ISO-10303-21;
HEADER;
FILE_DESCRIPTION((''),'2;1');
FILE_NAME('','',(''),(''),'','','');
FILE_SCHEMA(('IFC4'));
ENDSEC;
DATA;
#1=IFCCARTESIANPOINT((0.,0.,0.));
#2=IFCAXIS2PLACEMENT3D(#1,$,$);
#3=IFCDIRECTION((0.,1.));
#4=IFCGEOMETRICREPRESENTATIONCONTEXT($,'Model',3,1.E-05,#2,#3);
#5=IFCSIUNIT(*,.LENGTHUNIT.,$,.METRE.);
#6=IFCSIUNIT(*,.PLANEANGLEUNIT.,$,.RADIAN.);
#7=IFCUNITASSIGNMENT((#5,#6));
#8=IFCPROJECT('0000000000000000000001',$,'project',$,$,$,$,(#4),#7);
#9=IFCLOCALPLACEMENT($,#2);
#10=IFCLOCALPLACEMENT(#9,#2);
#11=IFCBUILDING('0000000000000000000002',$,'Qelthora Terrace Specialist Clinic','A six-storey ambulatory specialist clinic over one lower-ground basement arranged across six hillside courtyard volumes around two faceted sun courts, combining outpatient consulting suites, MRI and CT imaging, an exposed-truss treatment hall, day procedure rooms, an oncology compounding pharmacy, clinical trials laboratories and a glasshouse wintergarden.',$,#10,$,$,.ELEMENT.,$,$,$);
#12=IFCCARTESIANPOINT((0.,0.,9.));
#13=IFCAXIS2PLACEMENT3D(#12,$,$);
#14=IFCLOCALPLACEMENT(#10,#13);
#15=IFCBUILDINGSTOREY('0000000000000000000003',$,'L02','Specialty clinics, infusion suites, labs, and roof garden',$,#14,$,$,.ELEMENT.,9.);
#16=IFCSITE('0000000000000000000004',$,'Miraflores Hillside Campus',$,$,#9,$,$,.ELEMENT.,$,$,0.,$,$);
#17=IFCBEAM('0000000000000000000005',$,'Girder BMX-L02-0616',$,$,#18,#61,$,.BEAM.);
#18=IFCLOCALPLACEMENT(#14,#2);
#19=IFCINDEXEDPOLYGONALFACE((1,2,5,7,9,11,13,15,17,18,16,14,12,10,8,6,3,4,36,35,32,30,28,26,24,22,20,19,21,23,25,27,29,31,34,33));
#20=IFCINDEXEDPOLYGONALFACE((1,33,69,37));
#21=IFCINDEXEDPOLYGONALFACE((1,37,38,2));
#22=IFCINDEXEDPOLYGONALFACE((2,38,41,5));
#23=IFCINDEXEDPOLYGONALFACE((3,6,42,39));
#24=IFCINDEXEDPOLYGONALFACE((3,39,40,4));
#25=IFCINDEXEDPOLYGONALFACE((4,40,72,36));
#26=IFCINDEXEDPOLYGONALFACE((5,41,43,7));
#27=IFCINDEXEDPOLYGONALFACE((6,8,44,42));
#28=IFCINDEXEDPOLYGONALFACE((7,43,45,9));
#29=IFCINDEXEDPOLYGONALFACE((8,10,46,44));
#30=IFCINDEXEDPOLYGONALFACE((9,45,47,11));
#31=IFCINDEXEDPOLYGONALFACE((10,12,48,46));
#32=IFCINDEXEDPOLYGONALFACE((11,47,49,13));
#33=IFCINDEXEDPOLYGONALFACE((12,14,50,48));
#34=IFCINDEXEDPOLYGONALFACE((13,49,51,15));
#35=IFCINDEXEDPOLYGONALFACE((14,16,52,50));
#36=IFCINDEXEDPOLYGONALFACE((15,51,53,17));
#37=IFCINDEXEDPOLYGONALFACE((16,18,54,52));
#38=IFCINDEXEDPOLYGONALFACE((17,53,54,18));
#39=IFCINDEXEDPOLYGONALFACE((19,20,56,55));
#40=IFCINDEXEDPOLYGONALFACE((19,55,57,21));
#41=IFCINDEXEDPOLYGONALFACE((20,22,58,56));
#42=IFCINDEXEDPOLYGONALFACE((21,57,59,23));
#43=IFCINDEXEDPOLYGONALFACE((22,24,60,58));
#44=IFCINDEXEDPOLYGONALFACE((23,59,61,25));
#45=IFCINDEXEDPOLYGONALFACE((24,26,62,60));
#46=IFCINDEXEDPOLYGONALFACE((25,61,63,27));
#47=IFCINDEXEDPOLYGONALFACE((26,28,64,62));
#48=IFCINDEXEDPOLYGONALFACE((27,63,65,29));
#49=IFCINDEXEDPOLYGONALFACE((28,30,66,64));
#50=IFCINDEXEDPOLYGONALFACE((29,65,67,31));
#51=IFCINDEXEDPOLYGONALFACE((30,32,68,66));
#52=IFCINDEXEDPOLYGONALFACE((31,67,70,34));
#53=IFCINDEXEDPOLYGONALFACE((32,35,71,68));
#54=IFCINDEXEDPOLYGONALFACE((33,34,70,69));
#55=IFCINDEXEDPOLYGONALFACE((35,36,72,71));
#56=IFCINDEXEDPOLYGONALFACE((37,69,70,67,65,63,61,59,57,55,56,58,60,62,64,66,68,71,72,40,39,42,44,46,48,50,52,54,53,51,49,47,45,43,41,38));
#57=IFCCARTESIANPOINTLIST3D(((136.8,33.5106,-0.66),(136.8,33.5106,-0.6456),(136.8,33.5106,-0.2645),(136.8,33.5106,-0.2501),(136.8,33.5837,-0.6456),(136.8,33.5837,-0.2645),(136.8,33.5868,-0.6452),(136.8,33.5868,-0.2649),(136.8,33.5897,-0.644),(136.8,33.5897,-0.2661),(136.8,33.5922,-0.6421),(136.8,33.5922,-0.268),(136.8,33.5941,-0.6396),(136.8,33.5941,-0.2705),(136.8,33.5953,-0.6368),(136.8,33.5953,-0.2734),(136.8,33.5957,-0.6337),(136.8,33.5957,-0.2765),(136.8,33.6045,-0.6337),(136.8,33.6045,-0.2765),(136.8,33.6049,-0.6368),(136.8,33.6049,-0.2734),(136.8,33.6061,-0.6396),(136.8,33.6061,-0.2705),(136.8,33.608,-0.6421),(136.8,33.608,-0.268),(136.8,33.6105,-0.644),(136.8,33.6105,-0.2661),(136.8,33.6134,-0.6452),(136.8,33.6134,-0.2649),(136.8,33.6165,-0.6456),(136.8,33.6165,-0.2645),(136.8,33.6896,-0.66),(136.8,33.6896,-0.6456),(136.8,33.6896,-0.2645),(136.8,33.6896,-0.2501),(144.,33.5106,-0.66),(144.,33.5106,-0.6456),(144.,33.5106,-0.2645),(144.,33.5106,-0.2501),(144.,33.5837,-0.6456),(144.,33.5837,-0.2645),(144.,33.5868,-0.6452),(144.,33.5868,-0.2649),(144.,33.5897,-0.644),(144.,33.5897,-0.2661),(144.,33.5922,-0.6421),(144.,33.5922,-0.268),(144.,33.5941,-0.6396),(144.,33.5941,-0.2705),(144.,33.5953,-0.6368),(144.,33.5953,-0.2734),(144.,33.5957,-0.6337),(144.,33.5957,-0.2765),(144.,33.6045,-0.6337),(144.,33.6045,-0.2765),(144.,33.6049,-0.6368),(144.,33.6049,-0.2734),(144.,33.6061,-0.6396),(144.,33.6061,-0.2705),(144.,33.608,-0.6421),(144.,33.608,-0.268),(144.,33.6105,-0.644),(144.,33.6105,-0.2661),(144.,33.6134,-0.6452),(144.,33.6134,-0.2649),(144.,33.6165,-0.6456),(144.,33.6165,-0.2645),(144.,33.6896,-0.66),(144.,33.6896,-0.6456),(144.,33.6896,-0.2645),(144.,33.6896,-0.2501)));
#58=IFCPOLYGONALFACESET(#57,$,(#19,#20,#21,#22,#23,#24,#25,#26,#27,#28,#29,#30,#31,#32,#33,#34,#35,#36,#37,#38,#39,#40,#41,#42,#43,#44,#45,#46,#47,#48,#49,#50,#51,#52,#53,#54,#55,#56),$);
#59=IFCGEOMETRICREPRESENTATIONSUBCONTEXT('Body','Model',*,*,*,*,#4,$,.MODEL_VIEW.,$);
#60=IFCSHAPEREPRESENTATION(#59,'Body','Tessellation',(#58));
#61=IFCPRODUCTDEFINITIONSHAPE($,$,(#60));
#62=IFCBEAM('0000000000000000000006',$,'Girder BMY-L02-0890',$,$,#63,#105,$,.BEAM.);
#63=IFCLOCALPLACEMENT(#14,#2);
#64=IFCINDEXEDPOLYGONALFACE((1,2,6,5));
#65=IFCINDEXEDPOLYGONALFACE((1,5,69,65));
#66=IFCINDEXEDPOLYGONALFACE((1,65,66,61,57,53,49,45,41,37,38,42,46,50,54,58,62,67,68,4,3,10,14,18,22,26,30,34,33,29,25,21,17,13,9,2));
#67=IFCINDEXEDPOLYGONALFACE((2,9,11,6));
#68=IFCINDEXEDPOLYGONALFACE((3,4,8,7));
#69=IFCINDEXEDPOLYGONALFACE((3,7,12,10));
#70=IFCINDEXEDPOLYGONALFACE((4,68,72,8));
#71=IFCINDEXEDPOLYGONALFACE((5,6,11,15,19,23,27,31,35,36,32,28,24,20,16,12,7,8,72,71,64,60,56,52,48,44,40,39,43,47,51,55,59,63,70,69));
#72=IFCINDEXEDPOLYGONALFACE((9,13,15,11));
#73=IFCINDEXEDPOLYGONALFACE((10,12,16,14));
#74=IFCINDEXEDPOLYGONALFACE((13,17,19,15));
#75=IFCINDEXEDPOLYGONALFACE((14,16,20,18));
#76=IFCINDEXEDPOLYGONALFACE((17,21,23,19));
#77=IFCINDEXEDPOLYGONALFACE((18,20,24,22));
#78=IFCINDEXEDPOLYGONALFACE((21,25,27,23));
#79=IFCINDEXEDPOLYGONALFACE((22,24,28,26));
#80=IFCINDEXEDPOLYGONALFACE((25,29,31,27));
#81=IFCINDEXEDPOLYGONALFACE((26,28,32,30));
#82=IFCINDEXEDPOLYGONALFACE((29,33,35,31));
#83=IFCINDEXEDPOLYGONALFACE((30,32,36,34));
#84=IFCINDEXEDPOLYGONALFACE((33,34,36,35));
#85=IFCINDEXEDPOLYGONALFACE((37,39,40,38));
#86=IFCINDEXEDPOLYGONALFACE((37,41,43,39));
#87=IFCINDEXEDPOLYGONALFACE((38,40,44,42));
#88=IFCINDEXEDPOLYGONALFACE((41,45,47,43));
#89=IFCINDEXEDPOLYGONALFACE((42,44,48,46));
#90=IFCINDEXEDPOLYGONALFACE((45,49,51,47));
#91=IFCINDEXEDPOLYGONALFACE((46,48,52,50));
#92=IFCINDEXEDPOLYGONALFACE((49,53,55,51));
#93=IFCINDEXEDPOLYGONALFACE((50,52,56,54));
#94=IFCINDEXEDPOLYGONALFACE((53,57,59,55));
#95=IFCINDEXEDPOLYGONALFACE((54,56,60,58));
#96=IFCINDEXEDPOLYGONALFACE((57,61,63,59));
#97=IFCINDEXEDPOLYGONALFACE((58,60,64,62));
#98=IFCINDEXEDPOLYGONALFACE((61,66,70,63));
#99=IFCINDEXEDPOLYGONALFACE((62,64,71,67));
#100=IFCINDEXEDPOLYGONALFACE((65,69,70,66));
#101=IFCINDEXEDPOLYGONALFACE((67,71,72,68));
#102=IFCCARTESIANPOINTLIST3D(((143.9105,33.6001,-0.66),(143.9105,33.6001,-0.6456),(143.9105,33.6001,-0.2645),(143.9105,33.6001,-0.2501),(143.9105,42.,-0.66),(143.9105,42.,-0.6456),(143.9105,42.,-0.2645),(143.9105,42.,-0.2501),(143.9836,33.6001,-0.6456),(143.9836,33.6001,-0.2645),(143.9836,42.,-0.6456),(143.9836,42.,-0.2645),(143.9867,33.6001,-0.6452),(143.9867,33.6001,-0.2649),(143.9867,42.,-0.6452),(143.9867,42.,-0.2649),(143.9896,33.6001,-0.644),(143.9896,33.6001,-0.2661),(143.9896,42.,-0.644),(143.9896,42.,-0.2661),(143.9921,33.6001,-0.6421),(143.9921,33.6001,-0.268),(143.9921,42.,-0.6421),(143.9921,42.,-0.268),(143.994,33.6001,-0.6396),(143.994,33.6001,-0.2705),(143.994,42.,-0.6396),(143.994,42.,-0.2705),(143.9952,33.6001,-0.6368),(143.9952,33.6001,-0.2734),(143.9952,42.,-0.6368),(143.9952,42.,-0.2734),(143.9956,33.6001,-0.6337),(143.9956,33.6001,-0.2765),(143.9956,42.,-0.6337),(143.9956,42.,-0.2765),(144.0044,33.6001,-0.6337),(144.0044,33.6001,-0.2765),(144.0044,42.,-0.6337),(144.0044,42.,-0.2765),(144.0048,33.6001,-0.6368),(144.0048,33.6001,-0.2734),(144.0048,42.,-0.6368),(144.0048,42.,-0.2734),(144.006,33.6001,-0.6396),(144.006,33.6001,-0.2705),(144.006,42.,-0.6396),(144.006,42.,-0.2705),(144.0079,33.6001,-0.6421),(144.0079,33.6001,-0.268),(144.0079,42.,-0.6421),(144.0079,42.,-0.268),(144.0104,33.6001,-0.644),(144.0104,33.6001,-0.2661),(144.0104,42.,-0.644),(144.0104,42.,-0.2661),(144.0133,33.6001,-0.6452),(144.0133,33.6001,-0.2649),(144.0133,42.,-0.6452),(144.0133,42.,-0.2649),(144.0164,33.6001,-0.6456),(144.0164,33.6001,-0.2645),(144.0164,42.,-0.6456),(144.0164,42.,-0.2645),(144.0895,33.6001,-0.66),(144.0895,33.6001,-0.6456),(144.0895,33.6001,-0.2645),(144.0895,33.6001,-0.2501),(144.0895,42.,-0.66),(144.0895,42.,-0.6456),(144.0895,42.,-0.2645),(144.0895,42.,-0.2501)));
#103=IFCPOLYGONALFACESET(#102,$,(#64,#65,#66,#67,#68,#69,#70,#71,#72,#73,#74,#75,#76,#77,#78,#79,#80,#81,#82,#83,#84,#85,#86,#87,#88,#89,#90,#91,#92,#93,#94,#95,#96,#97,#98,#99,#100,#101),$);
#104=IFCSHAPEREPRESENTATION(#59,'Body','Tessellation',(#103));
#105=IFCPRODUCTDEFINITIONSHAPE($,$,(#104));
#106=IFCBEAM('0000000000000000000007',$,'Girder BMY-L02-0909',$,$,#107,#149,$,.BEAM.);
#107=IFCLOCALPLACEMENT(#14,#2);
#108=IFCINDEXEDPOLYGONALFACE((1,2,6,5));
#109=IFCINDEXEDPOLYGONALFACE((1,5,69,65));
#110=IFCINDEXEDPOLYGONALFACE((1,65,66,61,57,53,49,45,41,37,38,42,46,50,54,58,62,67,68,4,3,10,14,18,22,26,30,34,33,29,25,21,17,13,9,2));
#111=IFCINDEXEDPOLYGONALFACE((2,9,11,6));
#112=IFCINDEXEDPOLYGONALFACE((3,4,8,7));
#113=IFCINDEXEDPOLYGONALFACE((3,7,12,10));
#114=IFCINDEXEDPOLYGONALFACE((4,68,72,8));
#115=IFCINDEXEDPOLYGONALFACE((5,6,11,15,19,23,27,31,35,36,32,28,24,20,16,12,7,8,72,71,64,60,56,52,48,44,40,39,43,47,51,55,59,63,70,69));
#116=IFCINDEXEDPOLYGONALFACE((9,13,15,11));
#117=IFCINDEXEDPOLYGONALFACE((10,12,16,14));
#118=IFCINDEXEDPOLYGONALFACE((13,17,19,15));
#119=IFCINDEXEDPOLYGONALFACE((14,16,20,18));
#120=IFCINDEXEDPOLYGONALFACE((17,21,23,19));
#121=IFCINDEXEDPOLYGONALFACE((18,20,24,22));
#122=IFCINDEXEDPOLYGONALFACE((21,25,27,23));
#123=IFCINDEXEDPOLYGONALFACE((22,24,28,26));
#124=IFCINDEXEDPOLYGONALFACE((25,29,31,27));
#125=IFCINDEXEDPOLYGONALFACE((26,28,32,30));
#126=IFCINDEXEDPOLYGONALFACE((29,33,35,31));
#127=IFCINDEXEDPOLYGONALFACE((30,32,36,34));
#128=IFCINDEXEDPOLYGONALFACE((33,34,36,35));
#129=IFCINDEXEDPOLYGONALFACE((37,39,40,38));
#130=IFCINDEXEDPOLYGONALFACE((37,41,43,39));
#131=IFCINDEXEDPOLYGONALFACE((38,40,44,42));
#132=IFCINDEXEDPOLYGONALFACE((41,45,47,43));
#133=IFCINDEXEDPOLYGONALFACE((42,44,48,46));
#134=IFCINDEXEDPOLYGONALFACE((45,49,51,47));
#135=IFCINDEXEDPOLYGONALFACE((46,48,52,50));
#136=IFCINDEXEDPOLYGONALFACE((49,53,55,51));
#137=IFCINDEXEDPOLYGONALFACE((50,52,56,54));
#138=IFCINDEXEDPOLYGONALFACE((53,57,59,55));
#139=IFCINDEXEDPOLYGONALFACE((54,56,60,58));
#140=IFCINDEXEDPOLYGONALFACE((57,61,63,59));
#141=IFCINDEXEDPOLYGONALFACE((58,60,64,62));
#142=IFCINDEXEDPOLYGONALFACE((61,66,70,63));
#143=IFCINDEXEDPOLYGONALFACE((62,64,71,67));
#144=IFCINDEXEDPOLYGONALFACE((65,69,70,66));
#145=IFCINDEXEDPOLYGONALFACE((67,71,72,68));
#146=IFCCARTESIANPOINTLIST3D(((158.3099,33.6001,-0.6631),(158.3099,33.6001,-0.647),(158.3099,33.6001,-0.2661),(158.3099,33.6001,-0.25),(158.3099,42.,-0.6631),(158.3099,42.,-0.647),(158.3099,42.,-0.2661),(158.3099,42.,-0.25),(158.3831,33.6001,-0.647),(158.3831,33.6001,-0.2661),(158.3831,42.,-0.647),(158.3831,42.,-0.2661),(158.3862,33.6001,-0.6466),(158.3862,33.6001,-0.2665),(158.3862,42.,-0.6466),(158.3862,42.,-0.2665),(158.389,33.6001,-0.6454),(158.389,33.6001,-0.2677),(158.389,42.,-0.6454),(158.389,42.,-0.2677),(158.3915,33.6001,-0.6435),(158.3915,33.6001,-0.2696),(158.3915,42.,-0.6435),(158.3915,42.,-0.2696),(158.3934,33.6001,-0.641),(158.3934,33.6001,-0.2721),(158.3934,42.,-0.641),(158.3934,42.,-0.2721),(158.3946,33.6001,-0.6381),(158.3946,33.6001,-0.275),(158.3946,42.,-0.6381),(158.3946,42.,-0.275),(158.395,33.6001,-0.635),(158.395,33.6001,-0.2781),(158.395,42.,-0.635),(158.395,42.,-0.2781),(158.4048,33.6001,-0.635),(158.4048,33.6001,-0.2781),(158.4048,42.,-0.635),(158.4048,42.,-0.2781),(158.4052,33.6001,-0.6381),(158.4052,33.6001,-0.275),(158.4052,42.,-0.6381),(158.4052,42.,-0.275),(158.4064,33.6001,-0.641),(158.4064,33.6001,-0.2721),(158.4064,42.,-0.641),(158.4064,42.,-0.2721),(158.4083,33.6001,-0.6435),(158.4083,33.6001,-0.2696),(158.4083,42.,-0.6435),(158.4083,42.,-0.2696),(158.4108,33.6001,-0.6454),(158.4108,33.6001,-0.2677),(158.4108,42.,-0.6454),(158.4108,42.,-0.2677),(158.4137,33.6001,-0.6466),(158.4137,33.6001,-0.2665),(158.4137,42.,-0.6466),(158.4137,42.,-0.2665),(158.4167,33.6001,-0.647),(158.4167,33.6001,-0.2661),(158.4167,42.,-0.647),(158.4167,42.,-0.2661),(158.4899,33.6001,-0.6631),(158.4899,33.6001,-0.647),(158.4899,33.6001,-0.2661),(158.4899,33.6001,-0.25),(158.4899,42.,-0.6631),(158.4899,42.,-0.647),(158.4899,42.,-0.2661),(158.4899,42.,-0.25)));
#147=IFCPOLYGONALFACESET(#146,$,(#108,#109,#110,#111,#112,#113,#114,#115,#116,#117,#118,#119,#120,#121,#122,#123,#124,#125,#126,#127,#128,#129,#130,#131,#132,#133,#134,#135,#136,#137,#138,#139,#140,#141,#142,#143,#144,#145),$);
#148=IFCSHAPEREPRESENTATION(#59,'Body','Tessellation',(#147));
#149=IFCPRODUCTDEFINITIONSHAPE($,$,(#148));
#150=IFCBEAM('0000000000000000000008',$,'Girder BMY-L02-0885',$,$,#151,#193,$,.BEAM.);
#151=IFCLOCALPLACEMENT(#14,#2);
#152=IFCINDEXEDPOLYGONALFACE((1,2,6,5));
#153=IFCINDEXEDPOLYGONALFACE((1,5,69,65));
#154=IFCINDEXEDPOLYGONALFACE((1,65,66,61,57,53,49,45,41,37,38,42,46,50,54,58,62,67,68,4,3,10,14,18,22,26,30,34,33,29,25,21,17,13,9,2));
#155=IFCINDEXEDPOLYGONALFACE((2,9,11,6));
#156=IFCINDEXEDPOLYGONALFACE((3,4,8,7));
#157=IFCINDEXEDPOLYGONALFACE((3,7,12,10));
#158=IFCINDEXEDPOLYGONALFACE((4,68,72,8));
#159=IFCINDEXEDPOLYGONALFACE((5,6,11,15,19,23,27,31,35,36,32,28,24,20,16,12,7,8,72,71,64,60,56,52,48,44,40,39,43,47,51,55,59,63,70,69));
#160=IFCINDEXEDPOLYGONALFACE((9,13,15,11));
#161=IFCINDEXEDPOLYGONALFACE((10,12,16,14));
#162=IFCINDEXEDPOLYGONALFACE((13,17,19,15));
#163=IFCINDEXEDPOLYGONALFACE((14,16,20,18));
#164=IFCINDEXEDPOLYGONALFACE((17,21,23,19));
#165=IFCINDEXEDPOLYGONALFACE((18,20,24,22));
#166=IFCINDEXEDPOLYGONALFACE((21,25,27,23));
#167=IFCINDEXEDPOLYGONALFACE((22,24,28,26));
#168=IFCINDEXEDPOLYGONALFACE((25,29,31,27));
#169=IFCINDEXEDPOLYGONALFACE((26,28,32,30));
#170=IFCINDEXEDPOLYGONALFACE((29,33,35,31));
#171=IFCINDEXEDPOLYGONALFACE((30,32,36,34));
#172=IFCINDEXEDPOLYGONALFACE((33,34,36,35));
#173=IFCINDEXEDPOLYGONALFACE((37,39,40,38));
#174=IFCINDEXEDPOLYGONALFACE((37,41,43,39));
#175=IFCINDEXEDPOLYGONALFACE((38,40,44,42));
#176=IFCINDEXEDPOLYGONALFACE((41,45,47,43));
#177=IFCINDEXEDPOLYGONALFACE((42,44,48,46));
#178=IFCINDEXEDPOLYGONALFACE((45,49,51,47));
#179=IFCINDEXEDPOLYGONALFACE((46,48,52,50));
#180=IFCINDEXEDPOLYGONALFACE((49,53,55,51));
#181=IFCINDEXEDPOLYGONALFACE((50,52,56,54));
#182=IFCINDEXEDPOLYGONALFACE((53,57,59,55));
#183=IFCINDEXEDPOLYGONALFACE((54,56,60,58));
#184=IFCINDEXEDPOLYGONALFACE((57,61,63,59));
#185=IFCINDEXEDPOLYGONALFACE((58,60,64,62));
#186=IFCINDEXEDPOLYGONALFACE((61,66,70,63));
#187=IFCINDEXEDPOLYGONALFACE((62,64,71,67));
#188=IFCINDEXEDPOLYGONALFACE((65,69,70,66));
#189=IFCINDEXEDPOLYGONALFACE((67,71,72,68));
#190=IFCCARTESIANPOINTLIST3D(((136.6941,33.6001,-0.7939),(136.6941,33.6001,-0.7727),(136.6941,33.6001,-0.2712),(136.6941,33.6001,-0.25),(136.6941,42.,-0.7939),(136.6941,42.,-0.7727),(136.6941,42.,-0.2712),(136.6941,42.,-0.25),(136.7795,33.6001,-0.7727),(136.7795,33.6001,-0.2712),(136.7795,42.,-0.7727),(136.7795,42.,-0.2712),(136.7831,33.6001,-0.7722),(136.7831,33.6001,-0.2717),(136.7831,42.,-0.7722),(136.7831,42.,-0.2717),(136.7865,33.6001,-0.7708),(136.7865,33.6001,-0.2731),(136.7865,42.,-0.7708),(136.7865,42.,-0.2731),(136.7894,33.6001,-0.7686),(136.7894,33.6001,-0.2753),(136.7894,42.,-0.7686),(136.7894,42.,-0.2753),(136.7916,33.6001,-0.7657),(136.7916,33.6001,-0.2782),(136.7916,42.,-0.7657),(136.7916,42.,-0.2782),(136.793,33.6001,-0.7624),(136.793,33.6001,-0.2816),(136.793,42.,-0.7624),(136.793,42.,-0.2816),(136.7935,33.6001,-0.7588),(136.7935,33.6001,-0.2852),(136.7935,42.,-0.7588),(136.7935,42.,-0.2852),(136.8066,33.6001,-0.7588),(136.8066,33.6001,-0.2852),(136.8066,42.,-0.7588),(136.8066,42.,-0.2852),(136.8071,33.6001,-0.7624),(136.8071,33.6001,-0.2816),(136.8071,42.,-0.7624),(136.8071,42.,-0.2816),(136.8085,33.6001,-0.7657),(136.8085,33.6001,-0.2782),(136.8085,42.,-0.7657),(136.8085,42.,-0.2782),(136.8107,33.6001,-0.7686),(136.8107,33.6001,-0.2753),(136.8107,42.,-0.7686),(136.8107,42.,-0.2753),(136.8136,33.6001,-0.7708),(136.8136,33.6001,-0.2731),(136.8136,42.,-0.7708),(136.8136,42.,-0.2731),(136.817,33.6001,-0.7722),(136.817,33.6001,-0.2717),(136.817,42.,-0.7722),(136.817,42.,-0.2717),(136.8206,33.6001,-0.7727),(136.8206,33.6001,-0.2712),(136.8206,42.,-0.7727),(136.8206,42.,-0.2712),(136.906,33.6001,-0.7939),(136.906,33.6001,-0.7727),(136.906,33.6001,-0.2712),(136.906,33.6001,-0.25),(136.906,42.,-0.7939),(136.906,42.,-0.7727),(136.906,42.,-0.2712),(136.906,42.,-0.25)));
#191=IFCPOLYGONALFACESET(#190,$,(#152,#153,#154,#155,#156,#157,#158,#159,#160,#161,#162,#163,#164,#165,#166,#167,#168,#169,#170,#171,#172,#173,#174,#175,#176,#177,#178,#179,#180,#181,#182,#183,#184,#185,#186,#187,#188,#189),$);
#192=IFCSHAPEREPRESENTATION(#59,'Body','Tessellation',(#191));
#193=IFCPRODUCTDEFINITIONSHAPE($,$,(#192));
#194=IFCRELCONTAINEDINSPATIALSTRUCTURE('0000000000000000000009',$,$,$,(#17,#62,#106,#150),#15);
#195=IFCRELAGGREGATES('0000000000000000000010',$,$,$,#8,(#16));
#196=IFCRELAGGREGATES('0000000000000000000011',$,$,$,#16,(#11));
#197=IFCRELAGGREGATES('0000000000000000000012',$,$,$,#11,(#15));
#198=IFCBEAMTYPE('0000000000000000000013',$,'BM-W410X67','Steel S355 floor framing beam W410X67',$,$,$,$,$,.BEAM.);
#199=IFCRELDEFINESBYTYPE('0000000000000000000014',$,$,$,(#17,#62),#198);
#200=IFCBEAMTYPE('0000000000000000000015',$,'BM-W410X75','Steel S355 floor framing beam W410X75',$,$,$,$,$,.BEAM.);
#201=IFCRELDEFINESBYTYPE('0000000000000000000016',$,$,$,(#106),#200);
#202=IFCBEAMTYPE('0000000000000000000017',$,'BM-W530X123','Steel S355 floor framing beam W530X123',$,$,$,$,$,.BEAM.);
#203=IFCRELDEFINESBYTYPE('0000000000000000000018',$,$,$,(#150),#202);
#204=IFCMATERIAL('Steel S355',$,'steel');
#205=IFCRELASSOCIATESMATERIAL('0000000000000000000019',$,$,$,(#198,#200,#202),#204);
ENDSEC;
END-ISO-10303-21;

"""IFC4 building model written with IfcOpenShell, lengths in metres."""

from ifc_helpers import new_model, si_unit, direction, frame, origin, origin_2d, place, context, subcontext, project, spatial, i_section, extrude, material, material_profile, profile_set, type_object, element, save


model = new_model("IFC4")

# Units and contexts
model_context = context("Model", 3, precision=1e-05, world=origin(), true_north=direction((0.0, 1.0)))
body_context = subcontext(model_context, "Body", "Model", "MODEL_VIEW")
ifc_project = project(units=[si_unit("LENGTHUNIT", "METRE"), si_unit("PLANEANGLEUNIT", "RADIAN")], contexts=[model_context])

# Site, building, storey
site_placement = place(None, origin())
site = spatial("IfcSite", under=ifc_project, at=site_placement, Name="Miraflores Hillside Campus", CompositionType="ELEMENT", RefElevation=0.0)
building_placement = place(site_placement, origin())
building = spatial("IfcBuilding", under=site, at=building_placement, Name="Qelthora Terrace Specialist Clinic", Description="A six-storey ambulatory specialist clinic over one lower-ground basement arranged across six hillside courtyard volumes around two faceted sun courts, combining outpatient consulting suites, MRI and CT imaging, an exposed-truss treatment hall, day procedure rooms, an oncology compounding pharmacy, clinical trials laboratories and a glasshouse wintergarden.", CompositionType="ELEMENT")
storey_placement = place(building_placement, frame((0.0, 0.0, 9.0)))
storey = spatial("IfcBuildingStorey", under=building, at=storey_placement, Name="L02", Description="Specialty clinics, infusion suites, labs, and roof garden", CompositionType="ELEMENT", Elevation=9.0)

# Shared definitions
ifc_material_1 = material(Name="Steel S355", Category="steel")

# Beams
ifc_material_profile_1 = material_profile(ifc_material_1, i_section(OverallWidth=0.179, OverallDepth=0.4099, WebThickness=0.0088, FlangeThickness=0.0144, FilletRadius=0.012, at=origin_2d()), Name="W410X67")
ifc_profile_set_1 = profile_set([ifc_material_profile_1], Name="Steel S355")
beam_type_1 = type_object("IfcBeamType", Name="BM-W410X67", Description="Steel S355 floor framing beam W410X67", PredefinedType="BEAM", material=ifc_profile_set_1)
beam_1_placement = place(storey_placement, frame((136.8, 33.6001, -0.4551), z_axis=(1.0, 0.0, 0.0), x_axis=(0.0, 1.0, 0.0)))
element("IfcBeam", 1, at=beam_1_placement, inside=storey, type_object=beam_type_1, Name="Girder BMX-L02-0616", PredefinedType="BEAM", context=body_context, shape_type="SweptSolid", body=[
    extrude(i_section(OverallWidth=0.179, OverallDepth=0.4099, WebThickness=0.0088, FlangeThickness=0.0144, FilletRadius=0.012, at=origin_2d()), origin(), (0.0, 0.0, 1.0), 7.2),
])
beam_2_placement = place(storey_placement, frame((144.0, 33.6001, -0.4551), z_axis=(0.0, 1.0, 0.0), x_axis=(-1.0, 0.0, 0.0)))
element("IfcBeam", 2, at=beam_2_placement, inside=storey, type_object=beam_type_1, Name="Girder BMY-L02-0890", PredefinedType="BEAM", context=body_context, shape_type="SweptSolid", body=[
    extrude(i_section(OverallWidth=0.179, OverallDepth=0.4099, WebThickness=0.0088, FlangeThickness=0.0144, FilletRadius=0.012, at=origin_2d()), origin(), (0.0, 0.0, 1.0), 8.3999),
])
ifc_material_profile_2 = material_profile(ifc_material_1, i_section(OverallWidth=0.1799, OverallDepth=0.4131, WebThickness=0.0098, FlangeThickness=0.0161, FilletRadius=0.012, at=origin_2d()), Name="W410X75")
ifc_profile_set_2 = profile_set([ifc_material_profile_2], Name="Steel S355")
beam_type_2 = type_object("IfcBeamType", Name="BM-W410X75", Description="Steel S355 floor framing beam W410X75", PredefinedType="BEAM", material=ifc_profile_set_2)
beam_3_placement = place(storey_placement, frame((158.3999, 33.6001, -0.4565), z_axis=(0.0, 1.0, 0.0), x_axis=(-1.0, 0.0, 0.0)))
element("IfcBeam", 3, at=beam_3_placement, inside=storey, type_object=beam_type_2, Name="Girder BMY-L02-0909", PredefinedType="BEAM", context=body_context, shape_type="SweptSolid", body=[
    extrude(i_section(OverallWidth=0.1799, OverallDepth=0.4131, WebThickness=0.0098, FlangeThickness=0.0161, FilletRadius=0.012, at=origin_2d()), origin(), (0.0, 0.0, 1.0), 8.3999),
])
ifc_material_profile_3 = material_profile(ifc_material_1, i_section(OverallWidth=0.2119, OverallDepth=0.5439, WebThickness=0.0132, FlangeThickness=0.0212, FilletRadius=0.0139, at=origin_2d()), Name="W530X123")
ifc_profile_set_3 = profile_set([ifc_material_profile_3], Name="Steel S355")
beam_type_3 = type_object("IfcBeamType", Name="BM-W530X123", Description="Steel S355 floor framing beam W530X123", PredefinedType="BEAM", material=ifc_profile_set_3)
beam_4_placement = place(storey_placement, frame((136.8, 33.6001, -0.522), z_axis=(0.0, 1.0, 0.0), x_axis=(-1.0, 0.0, 0.0)))
element("IfcBeam", 4, at=beam_4_placement, inside=storey, type_object=beam_type_3, Name="Girder BMY-L02-0885", PredefinedType="BEAM", context=body_context, shape_type="SweptSolid", body=[
    extrude(i_section(OverallWidth=0.2119, OverallDepth=0.5439, WebThickness=0.0132, FlangeThickness=0.0212, FilletRadius=0.0139, at=origin_2d()), origin(), (0.0, 0.0, 1.0), 8.3999),
])

save(model, "model.ifc")
